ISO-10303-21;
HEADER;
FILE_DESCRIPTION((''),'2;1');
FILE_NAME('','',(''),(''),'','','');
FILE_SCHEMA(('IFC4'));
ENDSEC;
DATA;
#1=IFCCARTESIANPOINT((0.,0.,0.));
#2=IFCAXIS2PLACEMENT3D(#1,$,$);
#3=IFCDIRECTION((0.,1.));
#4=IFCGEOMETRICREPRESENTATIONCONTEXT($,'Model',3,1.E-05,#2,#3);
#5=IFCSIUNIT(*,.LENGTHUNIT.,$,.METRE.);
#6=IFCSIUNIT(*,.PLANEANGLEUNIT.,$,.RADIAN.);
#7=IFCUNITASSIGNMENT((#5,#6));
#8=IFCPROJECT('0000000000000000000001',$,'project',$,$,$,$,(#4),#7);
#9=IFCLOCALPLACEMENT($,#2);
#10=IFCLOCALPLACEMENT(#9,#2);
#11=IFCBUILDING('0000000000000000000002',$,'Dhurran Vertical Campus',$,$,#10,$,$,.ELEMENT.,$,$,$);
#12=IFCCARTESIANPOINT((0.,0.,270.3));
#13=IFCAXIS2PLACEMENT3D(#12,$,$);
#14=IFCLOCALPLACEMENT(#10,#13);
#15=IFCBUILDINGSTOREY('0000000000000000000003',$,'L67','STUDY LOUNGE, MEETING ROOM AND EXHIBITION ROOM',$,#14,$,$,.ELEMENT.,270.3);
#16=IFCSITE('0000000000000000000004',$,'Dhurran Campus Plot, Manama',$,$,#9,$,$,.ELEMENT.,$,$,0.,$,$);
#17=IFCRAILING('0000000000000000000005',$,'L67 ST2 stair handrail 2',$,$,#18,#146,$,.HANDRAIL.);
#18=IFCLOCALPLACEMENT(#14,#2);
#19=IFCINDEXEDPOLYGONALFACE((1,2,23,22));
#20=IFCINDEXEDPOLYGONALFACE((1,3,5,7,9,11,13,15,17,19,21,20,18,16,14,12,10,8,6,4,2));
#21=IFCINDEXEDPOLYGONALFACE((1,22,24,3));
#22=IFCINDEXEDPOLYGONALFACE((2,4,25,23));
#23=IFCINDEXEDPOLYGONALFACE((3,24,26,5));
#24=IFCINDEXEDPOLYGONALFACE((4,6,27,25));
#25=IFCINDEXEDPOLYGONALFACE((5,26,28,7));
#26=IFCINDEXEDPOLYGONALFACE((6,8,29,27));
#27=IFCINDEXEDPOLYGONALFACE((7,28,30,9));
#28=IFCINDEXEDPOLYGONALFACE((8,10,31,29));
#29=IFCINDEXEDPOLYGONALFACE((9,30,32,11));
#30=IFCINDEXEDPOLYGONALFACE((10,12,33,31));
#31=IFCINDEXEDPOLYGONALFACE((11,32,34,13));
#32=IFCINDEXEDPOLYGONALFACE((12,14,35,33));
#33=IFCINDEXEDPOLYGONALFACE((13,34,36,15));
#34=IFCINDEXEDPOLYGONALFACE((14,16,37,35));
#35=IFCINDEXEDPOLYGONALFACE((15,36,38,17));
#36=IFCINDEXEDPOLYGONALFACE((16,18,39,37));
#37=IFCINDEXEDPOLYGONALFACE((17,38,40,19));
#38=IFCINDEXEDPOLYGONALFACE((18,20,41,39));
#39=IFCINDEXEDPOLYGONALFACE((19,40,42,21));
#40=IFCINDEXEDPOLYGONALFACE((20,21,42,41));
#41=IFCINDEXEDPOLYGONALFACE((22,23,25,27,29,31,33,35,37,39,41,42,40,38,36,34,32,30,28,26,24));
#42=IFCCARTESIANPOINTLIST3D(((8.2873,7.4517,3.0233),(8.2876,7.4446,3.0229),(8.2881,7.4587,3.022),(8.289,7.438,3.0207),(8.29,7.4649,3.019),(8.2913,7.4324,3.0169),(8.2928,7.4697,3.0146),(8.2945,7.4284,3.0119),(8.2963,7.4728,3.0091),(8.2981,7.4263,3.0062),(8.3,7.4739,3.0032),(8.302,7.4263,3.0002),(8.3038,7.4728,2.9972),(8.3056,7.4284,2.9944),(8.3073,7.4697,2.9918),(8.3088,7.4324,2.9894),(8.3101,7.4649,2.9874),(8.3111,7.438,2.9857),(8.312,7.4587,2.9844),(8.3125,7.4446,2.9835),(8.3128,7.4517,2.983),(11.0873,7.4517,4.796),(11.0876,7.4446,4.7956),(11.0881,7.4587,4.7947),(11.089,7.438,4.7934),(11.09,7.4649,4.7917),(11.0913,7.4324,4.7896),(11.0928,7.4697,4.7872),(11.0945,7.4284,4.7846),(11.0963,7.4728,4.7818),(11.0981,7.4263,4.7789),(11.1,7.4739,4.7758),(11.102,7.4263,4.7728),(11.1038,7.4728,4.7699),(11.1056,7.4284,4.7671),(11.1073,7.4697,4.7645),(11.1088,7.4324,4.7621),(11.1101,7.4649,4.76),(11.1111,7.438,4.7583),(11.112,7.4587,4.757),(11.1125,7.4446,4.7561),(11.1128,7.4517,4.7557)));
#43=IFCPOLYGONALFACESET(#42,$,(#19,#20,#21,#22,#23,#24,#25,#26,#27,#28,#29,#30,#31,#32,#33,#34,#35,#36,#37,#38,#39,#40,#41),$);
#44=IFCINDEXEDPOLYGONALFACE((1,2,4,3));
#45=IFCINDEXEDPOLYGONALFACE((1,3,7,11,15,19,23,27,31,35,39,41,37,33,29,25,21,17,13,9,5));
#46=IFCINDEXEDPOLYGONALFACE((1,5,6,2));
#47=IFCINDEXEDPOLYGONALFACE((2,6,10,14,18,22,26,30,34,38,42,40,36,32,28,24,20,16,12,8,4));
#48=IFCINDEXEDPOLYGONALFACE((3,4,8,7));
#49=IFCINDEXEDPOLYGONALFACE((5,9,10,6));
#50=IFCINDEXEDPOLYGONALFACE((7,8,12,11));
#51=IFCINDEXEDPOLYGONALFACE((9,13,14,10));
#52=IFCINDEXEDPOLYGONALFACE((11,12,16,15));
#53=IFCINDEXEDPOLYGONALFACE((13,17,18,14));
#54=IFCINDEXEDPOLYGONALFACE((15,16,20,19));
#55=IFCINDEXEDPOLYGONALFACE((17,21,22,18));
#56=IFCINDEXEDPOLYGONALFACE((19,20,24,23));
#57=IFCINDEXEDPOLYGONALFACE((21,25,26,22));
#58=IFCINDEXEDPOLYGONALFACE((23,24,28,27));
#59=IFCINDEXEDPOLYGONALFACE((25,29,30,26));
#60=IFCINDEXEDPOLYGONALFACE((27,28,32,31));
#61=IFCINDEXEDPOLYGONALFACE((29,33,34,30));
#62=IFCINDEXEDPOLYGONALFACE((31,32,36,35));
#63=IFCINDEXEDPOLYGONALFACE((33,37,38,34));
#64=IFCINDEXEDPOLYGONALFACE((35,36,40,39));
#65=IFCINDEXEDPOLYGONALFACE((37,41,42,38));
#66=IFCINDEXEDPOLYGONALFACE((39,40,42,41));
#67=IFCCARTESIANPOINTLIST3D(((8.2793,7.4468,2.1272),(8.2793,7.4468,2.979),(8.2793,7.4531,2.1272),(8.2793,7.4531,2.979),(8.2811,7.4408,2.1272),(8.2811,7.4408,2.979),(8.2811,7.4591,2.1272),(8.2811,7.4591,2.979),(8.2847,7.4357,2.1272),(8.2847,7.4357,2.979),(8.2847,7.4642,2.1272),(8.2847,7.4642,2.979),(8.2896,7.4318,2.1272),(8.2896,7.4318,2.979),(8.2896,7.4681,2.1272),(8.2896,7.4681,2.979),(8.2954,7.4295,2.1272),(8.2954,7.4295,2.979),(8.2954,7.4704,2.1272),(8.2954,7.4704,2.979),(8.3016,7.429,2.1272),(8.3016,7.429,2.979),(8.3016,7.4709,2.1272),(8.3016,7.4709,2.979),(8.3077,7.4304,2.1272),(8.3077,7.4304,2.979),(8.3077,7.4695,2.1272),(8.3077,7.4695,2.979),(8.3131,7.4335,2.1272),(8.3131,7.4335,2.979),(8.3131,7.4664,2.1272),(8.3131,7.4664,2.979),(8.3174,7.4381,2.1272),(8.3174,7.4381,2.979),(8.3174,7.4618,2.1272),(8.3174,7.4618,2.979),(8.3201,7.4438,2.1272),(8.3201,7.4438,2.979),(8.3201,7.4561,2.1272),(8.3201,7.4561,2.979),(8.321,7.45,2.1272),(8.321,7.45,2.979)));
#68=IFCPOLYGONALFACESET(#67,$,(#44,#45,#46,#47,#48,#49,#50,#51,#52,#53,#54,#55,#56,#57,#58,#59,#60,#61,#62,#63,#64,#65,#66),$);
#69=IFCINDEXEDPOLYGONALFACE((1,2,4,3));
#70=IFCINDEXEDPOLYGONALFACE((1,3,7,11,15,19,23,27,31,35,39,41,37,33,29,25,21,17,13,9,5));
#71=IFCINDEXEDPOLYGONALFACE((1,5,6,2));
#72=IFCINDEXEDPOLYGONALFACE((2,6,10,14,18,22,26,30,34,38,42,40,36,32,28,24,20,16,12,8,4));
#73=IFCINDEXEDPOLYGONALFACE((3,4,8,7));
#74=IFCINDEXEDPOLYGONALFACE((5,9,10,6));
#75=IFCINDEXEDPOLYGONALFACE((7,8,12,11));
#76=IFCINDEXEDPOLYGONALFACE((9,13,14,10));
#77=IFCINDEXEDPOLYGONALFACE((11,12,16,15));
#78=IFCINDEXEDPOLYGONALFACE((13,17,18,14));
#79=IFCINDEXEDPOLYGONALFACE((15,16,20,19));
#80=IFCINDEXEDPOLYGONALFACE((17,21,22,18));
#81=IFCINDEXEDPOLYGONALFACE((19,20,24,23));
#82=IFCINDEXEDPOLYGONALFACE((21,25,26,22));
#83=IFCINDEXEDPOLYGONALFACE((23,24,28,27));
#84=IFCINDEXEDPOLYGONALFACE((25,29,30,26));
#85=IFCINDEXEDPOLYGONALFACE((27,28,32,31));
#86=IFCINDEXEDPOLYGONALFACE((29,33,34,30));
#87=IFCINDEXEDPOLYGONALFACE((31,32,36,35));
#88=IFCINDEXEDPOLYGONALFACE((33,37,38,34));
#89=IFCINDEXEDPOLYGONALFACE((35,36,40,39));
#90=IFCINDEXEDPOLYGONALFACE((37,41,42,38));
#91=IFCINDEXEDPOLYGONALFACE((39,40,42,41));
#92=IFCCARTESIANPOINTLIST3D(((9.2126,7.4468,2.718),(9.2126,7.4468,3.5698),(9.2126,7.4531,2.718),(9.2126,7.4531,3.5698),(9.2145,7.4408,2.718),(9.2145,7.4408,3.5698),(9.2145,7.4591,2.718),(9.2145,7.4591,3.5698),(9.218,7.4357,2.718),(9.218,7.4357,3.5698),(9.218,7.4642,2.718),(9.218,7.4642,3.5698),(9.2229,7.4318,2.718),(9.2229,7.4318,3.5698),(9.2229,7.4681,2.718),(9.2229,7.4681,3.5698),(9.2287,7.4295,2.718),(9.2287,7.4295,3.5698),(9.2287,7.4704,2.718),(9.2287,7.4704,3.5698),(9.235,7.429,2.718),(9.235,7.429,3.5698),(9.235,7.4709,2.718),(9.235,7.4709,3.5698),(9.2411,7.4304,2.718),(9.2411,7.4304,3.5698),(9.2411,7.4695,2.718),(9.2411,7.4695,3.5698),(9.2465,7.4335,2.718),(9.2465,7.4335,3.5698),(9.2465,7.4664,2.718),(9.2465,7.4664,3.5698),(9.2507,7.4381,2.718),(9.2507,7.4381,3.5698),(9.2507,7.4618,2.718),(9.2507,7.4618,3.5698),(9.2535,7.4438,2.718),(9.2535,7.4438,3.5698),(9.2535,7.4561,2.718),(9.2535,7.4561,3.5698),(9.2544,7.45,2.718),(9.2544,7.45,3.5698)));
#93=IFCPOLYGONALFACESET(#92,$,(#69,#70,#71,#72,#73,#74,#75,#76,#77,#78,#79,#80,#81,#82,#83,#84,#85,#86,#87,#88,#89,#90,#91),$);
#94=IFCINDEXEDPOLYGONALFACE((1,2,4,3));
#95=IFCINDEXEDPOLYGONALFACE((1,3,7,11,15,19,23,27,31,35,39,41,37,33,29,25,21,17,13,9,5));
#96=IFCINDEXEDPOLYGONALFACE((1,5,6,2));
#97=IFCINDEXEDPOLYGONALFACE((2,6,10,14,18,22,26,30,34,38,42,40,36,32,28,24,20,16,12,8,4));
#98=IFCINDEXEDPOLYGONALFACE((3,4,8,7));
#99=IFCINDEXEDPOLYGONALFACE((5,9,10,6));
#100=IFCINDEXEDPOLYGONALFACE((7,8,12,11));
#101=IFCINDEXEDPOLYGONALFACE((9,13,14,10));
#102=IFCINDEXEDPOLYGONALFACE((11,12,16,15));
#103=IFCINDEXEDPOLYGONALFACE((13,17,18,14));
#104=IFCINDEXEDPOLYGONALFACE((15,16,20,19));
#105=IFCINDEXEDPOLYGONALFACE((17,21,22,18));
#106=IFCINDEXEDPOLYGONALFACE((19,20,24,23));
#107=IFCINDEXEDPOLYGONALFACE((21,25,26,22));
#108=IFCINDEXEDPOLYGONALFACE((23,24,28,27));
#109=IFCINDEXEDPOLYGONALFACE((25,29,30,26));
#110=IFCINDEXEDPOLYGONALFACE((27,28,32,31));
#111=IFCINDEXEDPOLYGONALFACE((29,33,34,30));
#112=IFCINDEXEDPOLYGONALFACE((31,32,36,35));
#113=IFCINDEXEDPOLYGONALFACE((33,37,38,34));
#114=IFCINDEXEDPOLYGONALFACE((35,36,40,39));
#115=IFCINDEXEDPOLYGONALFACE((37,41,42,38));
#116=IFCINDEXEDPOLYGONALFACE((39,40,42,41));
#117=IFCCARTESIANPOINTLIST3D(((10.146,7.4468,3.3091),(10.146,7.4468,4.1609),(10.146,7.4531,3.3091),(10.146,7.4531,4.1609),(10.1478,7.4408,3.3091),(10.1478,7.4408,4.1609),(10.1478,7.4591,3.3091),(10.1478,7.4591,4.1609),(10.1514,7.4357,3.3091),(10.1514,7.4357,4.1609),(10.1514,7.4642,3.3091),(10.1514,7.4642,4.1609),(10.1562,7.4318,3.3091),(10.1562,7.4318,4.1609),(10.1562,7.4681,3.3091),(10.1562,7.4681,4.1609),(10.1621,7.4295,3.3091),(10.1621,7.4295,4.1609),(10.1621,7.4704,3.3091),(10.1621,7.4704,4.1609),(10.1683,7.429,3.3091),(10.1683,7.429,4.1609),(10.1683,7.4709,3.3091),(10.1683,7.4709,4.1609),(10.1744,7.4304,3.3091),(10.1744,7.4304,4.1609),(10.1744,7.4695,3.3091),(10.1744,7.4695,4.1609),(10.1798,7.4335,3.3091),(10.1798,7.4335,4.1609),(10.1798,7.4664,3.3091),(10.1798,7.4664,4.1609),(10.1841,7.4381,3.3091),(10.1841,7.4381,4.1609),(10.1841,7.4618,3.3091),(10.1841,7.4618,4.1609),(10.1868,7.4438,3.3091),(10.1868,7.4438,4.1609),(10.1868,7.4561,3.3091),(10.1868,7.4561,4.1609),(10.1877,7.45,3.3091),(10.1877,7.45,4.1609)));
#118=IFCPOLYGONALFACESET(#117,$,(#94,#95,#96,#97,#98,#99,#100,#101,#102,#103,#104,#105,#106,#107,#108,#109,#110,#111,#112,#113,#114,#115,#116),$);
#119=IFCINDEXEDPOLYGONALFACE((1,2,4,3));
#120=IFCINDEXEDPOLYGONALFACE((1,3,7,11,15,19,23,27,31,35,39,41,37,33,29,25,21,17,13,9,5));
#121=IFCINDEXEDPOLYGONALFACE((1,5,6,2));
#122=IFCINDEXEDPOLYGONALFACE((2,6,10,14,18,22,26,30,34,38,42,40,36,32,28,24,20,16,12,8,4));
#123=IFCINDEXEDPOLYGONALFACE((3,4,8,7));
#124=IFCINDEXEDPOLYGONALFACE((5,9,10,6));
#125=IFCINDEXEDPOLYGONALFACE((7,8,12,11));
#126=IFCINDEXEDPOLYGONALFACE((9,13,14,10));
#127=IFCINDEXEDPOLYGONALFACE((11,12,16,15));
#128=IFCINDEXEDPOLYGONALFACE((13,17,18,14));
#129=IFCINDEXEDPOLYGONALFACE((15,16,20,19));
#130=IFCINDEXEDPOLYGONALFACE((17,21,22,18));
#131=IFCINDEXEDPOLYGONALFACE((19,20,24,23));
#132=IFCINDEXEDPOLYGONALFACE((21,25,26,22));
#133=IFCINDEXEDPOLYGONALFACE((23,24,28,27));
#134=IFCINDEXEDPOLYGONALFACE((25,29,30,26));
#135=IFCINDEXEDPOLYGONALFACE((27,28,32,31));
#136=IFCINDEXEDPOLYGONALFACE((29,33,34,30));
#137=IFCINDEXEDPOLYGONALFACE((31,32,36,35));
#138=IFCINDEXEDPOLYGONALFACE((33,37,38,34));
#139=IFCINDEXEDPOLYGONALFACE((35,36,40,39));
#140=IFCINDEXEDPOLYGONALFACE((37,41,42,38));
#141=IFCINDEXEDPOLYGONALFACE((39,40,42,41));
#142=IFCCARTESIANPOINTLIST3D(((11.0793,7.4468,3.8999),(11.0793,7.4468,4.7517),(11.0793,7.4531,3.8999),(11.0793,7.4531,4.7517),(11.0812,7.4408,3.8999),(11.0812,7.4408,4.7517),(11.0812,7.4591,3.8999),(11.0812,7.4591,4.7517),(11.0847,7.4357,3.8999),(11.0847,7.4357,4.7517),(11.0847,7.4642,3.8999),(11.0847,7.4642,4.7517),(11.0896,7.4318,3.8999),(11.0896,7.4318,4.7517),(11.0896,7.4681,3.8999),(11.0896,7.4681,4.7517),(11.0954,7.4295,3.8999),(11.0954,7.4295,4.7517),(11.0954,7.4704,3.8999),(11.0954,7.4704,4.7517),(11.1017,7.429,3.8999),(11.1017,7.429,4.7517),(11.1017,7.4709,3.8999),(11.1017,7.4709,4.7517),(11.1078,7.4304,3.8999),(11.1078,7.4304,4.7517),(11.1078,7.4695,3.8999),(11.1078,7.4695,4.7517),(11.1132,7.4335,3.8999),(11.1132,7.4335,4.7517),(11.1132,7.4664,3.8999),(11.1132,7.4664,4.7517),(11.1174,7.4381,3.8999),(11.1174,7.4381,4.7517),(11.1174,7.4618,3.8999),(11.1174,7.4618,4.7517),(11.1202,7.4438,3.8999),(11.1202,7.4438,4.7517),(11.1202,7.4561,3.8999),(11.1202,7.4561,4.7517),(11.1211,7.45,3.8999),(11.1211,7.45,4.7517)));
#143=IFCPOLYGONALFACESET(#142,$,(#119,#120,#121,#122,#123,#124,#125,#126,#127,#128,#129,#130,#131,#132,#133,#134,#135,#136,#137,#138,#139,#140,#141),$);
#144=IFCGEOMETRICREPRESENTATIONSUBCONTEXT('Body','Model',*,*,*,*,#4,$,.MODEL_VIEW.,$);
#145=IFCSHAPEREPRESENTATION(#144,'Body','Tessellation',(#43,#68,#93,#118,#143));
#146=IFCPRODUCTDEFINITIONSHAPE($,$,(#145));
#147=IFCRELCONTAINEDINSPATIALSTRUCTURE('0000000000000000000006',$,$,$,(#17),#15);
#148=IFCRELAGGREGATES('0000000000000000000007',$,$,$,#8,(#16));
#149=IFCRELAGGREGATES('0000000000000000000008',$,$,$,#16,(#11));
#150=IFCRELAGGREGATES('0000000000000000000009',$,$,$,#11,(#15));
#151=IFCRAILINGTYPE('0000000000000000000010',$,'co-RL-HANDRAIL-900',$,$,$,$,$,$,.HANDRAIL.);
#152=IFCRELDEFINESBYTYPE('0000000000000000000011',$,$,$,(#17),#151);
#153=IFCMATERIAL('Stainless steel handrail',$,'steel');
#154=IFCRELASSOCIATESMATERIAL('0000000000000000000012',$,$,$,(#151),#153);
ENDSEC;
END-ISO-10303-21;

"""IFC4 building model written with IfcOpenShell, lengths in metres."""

from ifc_helpers import new_model, si_unit, direction, frame, origin, origin_2d, place, context, subcontext, project, spatial, circle, extrude, material, type_object, element, save


model = new_model("IFC4")

# Units and contexts
model_context = context("Model", 3, precision=1e-05, world=origin(), true_north=direction((0.0, 1.0)))
body_context = subcontext(model_context, "Body", "Model", "MODEL_VIEW")
ifc_project = project(units=[si_unit("LENGTHUNIT", "METRE"), si_unit("PLANEANGLEUNIT", "RADIAN")], contexts=[model_context])

# Site, building, storey
site_placement = place(None, origin())
site = spatial("IfcSite", under=ifc_project, at=site_placement, Name="Dhurran Campus Plot, Manama", CompositionType="ELEMENT", RefElevation=0.0)
building_placement = place(site_placement, origin())
building = spatial("IfcBuilding", under=site, at=building_placement, Name="Dhurran Vertical Campus", CompositionType="ELEMENT")
storey_placement = place(building_placement, frame((0.0, 0.0, 270.3)))
storey = spatial("IfcBuildingStorey", under=building, at=storey_placement, Name="L67", Description="STUDY LOUNGE, MEETING ROOM AND EXHIBITION ROOM", CompositionType="ELEMENT", Elevation=270.3)

# Railing
ifc_material_1 = material(Name="Stainless steel handrail", Category="steel")
railing_type_1 = type_object("IfcRailingType", Name="co-RL-HANDRAIL-900", PredefinedType="HANDRAIL", material=ifc_material_1)
railing_1_placement = place(storey_placement, frame((8.3, 7.45, 2.1272)))
element("IfcRailing", 1, at=railing_1_placement, inside=storey, type_object=railing_type_1, Name="L67 ST2 stair handrail 2", PredefinedType="HANDRAIL", context=body_context, shape_type="SweptSolid", body=[
    extrude(circle(Radius=0.0239, at=origin_2d()), frame((0.0, 0.0, 0.876), z_axis=(0.844909, 0.0, 0.53491), x_axis=(0.0, 1.0, 0.0)), (0.0, 0.0, 1.0), 3.314),
    extrude(circle(Radius=0.021, at=origin_2d()), origin(), (0.0, 0.0, 1.0), 0.8518),
    extrude(circle(Radius=0.021, at=origin_2d()), frame((0.9333, 0.0, 0.5908)), (0.0, 0.0, 1.0), 0.8518),
    extrude(circle(Radius=0.021, at=origin_2d()), frame((1.8667, 0.0, 1.1819)), (0.0, 0.0, 1.0), 0.8518),
    extrude(circle(Radius=0.021, at=origin_2d()), frame((2.8, 0.0, 1.7727)), (0.0, 0.0, 1.0), 0.8518),
])

save(model, "model.ifc")
